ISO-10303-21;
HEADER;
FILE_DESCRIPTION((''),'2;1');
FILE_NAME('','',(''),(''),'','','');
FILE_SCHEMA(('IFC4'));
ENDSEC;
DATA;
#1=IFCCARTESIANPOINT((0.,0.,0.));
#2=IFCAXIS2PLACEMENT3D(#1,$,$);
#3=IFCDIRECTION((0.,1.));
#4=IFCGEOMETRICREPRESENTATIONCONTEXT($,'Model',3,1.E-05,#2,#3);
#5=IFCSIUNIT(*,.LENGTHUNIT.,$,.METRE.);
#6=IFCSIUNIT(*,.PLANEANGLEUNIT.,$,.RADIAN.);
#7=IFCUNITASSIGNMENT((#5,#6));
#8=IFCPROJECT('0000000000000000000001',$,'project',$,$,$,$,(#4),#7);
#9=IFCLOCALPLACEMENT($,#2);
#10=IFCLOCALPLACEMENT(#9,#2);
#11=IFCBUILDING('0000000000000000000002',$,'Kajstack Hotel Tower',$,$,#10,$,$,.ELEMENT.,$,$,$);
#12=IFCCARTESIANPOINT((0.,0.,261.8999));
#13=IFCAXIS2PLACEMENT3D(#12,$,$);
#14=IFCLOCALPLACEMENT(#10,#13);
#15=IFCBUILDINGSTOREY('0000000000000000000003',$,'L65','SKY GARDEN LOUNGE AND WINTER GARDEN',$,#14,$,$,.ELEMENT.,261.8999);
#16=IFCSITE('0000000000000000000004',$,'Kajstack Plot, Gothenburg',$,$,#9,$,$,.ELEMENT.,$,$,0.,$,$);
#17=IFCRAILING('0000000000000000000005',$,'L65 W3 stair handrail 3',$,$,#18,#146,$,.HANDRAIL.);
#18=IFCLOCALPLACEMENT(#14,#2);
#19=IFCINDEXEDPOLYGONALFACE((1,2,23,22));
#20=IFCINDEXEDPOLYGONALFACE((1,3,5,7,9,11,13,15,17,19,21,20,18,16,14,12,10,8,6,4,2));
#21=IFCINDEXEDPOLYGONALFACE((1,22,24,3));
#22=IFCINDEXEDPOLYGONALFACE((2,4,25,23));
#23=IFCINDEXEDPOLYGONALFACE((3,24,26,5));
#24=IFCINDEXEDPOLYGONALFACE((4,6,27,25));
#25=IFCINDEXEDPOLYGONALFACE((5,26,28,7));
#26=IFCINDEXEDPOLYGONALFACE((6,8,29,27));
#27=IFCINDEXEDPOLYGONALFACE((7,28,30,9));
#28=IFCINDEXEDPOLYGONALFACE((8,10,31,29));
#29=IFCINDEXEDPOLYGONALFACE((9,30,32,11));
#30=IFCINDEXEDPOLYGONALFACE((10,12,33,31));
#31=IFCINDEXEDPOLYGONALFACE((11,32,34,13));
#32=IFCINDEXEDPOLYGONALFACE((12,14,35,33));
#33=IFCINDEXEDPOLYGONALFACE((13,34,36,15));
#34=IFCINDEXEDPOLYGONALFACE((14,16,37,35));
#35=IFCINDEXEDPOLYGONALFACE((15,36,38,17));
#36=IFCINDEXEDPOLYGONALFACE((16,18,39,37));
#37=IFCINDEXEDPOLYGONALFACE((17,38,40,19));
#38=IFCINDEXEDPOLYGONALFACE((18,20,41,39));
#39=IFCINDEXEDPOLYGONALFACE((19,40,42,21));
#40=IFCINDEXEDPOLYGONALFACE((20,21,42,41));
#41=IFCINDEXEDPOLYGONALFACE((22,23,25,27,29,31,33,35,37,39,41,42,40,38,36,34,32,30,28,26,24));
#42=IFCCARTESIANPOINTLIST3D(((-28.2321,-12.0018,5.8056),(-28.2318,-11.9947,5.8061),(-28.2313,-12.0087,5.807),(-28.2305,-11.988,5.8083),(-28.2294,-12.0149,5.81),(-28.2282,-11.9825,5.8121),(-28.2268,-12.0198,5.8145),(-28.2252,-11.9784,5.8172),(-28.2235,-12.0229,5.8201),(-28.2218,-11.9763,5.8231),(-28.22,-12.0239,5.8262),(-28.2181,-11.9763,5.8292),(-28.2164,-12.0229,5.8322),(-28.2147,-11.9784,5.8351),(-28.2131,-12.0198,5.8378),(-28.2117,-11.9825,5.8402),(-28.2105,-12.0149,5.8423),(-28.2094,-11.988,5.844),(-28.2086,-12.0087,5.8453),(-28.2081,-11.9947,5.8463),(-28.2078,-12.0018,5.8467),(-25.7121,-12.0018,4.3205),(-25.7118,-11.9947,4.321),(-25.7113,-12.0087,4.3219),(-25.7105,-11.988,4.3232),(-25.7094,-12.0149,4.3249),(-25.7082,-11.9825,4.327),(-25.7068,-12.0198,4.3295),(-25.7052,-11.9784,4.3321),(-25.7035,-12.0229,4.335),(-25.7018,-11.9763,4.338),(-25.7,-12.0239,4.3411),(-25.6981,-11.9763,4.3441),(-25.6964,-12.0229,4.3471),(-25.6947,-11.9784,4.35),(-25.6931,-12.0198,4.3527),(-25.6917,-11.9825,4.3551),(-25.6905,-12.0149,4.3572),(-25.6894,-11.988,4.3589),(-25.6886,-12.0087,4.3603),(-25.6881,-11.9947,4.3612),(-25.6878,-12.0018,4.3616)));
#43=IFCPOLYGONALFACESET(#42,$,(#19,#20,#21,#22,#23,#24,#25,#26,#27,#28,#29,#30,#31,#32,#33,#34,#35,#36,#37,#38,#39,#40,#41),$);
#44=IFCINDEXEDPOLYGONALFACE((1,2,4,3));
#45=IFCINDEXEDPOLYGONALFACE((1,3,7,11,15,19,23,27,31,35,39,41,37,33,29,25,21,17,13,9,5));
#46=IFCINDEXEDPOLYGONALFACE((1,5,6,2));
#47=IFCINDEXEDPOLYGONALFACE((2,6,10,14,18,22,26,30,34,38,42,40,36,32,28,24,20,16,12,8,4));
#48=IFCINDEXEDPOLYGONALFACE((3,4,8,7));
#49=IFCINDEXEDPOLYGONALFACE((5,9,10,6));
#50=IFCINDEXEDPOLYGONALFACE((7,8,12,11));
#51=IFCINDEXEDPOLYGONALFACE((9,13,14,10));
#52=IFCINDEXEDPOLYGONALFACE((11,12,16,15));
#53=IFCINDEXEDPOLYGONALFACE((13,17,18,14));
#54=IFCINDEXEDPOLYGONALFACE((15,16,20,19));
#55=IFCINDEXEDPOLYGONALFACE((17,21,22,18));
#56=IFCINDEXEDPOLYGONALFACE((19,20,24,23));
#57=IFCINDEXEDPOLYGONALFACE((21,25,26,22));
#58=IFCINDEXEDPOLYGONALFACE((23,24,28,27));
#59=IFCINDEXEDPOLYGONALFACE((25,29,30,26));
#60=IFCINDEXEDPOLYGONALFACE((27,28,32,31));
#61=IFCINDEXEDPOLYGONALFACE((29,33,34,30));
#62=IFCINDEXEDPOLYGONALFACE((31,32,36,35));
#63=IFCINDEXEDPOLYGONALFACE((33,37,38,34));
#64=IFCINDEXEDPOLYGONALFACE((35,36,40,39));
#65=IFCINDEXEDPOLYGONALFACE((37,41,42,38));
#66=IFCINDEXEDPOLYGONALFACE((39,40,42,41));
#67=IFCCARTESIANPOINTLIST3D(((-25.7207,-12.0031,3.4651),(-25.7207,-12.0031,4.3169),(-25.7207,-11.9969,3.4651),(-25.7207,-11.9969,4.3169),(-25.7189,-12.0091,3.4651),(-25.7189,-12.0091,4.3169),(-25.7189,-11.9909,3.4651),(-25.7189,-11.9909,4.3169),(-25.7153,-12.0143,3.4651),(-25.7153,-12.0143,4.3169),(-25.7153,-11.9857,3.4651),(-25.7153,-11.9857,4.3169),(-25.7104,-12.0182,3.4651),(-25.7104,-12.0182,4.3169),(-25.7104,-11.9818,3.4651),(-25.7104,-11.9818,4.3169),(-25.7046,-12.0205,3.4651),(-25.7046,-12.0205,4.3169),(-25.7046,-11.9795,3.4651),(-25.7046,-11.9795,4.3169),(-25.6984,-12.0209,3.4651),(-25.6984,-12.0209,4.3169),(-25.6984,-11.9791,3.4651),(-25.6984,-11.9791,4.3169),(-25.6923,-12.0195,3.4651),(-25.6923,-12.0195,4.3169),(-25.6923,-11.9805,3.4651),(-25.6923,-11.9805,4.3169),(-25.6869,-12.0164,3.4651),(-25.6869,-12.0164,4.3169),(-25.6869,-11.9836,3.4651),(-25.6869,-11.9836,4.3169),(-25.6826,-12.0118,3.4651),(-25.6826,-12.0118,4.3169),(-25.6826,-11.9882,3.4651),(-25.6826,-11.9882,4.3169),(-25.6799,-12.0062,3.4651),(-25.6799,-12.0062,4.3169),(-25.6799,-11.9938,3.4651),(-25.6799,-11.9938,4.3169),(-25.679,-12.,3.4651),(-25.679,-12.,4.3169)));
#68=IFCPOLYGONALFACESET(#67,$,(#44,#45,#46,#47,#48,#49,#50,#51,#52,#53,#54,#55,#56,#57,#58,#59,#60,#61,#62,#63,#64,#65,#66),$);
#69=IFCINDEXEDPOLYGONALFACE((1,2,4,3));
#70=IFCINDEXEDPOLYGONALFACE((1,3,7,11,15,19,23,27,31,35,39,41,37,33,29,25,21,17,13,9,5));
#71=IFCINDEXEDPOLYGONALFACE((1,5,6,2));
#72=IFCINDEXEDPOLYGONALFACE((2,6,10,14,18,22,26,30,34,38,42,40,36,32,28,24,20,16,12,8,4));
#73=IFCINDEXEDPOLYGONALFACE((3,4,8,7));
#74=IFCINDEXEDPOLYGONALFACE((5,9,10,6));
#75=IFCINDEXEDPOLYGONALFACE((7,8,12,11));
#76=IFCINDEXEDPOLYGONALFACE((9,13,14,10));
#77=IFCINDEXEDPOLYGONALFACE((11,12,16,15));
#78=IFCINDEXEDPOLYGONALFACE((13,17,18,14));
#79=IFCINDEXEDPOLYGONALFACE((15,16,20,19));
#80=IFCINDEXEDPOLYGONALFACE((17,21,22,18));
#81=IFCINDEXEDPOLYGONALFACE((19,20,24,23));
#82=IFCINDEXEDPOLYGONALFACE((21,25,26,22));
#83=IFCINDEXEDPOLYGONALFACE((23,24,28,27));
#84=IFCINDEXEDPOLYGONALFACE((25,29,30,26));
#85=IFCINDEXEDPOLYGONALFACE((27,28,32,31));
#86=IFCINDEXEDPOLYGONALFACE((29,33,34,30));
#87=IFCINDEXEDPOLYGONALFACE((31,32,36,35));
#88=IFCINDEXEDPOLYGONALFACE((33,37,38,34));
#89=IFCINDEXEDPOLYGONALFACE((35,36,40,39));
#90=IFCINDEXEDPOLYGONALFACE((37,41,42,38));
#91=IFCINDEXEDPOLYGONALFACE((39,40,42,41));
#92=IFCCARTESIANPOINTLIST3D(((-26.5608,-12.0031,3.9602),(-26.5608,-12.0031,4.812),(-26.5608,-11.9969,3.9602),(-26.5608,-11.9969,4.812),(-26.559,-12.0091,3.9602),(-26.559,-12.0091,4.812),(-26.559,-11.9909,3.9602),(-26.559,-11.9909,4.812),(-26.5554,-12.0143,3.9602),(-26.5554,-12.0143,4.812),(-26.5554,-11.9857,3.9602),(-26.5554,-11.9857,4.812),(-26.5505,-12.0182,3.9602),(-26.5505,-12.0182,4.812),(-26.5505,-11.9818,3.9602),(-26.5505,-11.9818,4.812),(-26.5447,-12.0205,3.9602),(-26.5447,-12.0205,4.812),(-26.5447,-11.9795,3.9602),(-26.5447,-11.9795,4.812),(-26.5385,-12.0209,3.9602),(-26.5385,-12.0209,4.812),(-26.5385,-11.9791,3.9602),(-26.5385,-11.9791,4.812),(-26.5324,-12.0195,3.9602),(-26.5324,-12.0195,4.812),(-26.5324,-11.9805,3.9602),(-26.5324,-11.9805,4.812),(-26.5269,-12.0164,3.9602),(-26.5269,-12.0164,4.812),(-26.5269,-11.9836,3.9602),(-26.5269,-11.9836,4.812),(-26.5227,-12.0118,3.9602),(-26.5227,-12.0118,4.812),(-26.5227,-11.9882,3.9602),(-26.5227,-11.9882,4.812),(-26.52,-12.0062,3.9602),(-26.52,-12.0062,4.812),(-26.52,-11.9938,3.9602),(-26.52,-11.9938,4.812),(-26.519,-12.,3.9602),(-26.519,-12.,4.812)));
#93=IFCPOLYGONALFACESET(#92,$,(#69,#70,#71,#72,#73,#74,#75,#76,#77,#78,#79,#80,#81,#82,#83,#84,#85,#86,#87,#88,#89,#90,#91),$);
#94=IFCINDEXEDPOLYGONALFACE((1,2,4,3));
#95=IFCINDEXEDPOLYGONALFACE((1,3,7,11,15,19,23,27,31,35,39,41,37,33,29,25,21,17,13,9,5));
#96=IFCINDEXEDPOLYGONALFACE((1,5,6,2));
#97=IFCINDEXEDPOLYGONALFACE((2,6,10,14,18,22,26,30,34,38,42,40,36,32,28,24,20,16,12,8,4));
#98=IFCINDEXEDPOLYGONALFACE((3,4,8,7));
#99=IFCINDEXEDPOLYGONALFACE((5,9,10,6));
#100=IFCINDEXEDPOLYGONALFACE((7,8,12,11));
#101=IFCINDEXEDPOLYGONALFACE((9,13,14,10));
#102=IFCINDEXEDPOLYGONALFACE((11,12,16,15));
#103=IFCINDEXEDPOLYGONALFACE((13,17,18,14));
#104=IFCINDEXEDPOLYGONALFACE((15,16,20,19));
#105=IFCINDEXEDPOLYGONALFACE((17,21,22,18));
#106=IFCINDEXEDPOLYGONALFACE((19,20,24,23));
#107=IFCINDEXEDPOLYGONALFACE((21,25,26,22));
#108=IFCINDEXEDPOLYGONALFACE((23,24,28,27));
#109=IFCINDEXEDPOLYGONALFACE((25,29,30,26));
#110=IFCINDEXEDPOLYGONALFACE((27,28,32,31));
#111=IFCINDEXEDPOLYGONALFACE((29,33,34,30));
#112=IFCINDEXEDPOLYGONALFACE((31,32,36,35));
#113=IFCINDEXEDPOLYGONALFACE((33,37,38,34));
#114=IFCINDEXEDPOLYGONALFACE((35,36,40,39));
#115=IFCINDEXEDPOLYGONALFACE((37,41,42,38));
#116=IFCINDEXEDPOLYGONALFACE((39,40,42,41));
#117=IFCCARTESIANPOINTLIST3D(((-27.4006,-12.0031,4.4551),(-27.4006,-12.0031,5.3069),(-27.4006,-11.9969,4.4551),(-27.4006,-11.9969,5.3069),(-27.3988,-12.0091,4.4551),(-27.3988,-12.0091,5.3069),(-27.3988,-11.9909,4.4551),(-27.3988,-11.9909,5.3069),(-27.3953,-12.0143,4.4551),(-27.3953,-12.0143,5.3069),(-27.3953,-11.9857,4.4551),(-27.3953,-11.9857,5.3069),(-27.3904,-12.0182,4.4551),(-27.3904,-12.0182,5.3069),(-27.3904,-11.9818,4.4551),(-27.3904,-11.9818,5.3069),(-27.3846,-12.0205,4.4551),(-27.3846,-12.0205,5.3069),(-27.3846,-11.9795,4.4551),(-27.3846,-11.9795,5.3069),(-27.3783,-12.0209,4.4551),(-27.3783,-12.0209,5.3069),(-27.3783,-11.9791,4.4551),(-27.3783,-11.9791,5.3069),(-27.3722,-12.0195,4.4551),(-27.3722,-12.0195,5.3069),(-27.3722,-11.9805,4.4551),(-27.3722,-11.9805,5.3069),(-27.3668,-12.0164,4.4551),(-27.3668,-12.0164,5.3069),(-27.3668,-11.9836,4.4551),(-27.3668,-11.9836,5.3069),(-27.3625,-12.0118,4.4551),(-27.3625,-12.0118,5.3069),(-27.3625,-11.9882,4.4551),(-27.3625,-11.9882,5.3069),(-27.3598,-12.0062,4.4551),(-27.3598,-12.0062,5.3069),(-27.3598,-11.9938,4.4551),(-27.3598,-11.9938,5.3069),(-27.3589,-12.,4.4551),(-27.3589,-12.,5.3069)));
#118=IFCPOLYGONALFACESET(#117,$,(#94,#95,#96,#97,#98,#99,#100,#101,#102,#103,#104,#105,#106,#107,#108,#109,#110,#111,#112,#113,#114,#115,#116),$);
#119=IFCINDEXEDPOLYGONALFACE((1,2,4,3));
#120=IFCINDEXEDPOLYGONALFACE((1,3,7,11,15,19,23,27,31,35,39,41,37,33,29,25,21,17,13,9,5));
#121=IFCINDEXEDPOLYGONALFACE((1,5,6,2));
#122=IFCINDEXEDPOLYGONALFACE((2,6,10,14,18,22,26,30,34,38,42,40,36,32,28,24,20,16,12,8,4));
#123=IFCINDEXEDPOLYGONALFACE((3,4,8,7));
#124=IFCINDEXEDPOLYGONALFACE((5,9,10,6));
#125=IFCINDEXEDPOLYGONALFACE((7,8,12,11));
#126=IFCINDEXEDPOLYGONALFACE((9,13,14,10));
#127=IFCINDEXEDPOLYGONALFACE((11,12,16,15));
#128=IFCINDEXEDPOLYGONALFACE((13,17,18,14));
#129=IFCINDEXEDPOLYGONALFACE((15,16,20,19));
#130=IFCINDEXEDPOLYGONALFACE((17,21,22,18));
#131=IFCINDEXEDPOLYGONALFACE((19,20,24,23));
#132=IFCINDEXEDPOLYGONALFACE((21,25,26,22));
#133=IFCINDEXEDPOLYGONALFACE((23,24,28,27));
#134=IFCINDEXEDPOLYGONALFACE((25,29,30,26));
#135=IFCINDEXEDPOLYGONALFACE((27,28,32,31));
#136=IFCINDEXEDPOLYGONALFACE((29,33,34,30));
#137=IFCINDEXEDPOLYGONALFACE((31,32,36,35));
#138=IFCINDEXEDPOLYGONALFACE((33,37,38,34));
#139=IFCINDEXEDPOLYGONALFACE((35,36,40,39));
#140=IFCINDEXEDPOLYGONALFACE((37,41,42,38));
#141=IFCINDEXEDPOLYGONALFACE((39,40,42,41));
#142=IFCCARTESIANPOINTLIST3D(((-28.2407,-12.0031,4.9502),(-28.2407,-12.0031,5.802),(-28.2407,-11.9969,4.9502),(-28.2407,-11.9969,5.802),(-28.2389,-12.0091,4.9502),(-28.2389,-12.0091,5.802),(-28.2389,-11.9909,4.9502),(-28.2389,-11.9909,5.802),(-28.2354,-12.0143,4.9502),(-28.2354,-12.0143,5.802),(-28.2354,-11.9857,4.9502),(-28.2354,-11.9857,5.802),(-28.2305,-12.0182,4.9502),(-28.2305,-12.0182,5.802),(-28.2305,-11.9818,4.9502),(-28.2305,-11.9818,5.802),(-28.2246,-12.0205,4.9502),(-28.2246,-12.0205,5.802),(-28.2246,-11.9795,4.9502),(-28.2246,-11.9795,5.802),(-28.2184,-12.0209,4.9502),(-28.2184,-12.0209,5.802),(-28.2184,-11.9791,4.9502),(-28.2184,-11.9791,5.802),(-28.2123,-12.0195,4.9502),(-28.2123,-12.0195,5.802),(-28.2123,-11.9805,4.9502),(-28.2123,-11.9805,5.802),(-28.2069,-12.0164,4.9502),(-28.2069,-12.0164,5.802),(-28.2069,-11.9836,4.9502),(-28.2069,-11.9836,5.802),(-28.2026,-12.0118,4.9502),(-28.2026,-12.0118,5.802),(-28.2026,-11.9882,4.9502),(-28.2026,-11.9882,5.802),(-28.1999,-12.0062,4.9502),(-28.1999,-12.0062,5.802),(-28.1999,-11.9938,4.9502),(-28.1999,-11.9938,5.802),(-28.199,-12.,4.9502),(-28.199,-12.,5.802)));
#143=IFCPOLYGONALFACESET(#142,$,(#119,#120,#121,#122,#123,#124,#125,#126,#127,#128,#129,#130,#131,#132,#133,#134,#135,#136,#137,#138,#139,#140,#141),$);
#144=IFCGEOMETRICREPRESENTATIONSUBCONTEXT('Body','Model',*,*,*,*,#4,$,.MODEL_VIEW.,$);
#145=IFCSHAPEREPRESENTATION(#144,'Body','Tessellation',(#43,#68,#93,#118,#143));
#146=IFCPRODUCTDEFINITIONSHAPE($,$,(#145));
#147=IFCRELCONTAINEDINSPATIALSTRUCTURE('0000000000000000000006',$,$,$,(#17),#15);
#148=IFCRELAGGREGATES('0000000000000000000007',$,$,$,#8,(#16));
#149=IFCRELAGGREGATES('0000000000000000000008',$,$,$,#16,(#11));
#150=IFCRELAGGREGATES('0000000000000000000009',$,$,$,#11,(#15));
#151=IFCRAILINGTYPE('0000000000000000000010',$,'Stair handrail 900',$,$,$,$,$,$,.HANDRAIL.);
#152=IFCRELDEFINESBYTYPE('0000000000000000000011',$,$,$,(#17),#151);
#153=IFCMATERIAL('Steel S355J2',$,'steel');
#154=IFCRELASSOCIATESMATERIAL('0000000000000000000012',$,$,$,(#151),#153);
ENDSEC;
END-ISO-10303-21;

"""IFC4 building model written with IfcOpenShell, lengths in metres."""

from ifc_helpers import new_model, si_unit, direction, frame, origin, origin_2d, place, context, subcontext, project, spatial, circle, extrude, material, type_object, element, save


model = new_model("IFC4")

# Units and contexts
model_context = context("Model", 3, precision=1e-05, world=origin(), true_north=direction((0.0, 1.0)))
body_context = subcontext(model_context, "Body", "Model", "MODEL_VIEW")
ifc_project = project(units=[si_unit("LENGTHUNIT", "METRE"), si_unit("PLANEANGLEUNIT", "RADIAN")], contexts=[model_context])

# Site, building, storey
site_placement = place(None, origin())
site = spatial("IfcSite", under=ifc_project, at=site_placement, Name="Kajstack Plot, Gothenburg", CompositionType="ELEMENT", RefElevation=0.0)
building_placement = place(site_placement, origin())
building = spatial("IfcBuilding", under=site, at=building_placement, Name="Kajstack Hotel Tower", CompositionType="ELEMENT")
storey_placement = place(building_placement, frame((0.0, 0.0, 261.8999)))
storey = spatial("IfcBuildingStorey", under=building, at=storey_placement, Name="L65", Description="SKY GARDEN LOUNGE AND WINTER GARDEN", CompositionType="ELEMENT", Elevation=261.8999)

# Railing
ifc_material_1 = material(Name="Steel S355J2", Category="steel")
railing_type_1 = type_object("IfcRailingType", Name="Stair handrail 900", PredefinedType="HANDRAIL", material=ifc_material_1)
railing_1_placement = place(storey_placement, frame((-25.7, -12.0, 3.4651)))
element("IfcRailing", 1, at=railing_1_placement, inside=storey, type_object=railing_type_1, Name="L65 W3 stair handrail 3", PredefinedType="HANDRAIL", context=body_context, shape_type="SweptSolid", body=[
    extrude(circle(Radius=0.0239, at=origin_2d()), frame((0.0, 0.0, 0.876), z_axis=(-0.861524, 0.0, 0.507717), x_axis=(0.0, -1.0, 0.0)), (0.0, 0.0, 1.0), 2.925),
    extrude(circle(Radius=0.021, at=origin_2d()), origin(), (0.0, 0.0, 1.0), 0.8518),
    extrude(circle(Radius=0.021, at=origin_2d()), frame((-0.8401, 0.0, 0.4951)), (0.0, 0.0, 1.0), 0.8518),
    extrude(circle(Radius=0.021, at=origin_2d()), frame((-1.6799, 0.0, 0.99)), (0.0, 0.0, 1.0), 0.8518),
    extrude(circle(Radius=0.021, at=origin_2d()), frame((-2.52, 0.0, 1.4851)), (0.0, 0.0, 1.0), 0.8518),
])

save(model, "model.ifc")
